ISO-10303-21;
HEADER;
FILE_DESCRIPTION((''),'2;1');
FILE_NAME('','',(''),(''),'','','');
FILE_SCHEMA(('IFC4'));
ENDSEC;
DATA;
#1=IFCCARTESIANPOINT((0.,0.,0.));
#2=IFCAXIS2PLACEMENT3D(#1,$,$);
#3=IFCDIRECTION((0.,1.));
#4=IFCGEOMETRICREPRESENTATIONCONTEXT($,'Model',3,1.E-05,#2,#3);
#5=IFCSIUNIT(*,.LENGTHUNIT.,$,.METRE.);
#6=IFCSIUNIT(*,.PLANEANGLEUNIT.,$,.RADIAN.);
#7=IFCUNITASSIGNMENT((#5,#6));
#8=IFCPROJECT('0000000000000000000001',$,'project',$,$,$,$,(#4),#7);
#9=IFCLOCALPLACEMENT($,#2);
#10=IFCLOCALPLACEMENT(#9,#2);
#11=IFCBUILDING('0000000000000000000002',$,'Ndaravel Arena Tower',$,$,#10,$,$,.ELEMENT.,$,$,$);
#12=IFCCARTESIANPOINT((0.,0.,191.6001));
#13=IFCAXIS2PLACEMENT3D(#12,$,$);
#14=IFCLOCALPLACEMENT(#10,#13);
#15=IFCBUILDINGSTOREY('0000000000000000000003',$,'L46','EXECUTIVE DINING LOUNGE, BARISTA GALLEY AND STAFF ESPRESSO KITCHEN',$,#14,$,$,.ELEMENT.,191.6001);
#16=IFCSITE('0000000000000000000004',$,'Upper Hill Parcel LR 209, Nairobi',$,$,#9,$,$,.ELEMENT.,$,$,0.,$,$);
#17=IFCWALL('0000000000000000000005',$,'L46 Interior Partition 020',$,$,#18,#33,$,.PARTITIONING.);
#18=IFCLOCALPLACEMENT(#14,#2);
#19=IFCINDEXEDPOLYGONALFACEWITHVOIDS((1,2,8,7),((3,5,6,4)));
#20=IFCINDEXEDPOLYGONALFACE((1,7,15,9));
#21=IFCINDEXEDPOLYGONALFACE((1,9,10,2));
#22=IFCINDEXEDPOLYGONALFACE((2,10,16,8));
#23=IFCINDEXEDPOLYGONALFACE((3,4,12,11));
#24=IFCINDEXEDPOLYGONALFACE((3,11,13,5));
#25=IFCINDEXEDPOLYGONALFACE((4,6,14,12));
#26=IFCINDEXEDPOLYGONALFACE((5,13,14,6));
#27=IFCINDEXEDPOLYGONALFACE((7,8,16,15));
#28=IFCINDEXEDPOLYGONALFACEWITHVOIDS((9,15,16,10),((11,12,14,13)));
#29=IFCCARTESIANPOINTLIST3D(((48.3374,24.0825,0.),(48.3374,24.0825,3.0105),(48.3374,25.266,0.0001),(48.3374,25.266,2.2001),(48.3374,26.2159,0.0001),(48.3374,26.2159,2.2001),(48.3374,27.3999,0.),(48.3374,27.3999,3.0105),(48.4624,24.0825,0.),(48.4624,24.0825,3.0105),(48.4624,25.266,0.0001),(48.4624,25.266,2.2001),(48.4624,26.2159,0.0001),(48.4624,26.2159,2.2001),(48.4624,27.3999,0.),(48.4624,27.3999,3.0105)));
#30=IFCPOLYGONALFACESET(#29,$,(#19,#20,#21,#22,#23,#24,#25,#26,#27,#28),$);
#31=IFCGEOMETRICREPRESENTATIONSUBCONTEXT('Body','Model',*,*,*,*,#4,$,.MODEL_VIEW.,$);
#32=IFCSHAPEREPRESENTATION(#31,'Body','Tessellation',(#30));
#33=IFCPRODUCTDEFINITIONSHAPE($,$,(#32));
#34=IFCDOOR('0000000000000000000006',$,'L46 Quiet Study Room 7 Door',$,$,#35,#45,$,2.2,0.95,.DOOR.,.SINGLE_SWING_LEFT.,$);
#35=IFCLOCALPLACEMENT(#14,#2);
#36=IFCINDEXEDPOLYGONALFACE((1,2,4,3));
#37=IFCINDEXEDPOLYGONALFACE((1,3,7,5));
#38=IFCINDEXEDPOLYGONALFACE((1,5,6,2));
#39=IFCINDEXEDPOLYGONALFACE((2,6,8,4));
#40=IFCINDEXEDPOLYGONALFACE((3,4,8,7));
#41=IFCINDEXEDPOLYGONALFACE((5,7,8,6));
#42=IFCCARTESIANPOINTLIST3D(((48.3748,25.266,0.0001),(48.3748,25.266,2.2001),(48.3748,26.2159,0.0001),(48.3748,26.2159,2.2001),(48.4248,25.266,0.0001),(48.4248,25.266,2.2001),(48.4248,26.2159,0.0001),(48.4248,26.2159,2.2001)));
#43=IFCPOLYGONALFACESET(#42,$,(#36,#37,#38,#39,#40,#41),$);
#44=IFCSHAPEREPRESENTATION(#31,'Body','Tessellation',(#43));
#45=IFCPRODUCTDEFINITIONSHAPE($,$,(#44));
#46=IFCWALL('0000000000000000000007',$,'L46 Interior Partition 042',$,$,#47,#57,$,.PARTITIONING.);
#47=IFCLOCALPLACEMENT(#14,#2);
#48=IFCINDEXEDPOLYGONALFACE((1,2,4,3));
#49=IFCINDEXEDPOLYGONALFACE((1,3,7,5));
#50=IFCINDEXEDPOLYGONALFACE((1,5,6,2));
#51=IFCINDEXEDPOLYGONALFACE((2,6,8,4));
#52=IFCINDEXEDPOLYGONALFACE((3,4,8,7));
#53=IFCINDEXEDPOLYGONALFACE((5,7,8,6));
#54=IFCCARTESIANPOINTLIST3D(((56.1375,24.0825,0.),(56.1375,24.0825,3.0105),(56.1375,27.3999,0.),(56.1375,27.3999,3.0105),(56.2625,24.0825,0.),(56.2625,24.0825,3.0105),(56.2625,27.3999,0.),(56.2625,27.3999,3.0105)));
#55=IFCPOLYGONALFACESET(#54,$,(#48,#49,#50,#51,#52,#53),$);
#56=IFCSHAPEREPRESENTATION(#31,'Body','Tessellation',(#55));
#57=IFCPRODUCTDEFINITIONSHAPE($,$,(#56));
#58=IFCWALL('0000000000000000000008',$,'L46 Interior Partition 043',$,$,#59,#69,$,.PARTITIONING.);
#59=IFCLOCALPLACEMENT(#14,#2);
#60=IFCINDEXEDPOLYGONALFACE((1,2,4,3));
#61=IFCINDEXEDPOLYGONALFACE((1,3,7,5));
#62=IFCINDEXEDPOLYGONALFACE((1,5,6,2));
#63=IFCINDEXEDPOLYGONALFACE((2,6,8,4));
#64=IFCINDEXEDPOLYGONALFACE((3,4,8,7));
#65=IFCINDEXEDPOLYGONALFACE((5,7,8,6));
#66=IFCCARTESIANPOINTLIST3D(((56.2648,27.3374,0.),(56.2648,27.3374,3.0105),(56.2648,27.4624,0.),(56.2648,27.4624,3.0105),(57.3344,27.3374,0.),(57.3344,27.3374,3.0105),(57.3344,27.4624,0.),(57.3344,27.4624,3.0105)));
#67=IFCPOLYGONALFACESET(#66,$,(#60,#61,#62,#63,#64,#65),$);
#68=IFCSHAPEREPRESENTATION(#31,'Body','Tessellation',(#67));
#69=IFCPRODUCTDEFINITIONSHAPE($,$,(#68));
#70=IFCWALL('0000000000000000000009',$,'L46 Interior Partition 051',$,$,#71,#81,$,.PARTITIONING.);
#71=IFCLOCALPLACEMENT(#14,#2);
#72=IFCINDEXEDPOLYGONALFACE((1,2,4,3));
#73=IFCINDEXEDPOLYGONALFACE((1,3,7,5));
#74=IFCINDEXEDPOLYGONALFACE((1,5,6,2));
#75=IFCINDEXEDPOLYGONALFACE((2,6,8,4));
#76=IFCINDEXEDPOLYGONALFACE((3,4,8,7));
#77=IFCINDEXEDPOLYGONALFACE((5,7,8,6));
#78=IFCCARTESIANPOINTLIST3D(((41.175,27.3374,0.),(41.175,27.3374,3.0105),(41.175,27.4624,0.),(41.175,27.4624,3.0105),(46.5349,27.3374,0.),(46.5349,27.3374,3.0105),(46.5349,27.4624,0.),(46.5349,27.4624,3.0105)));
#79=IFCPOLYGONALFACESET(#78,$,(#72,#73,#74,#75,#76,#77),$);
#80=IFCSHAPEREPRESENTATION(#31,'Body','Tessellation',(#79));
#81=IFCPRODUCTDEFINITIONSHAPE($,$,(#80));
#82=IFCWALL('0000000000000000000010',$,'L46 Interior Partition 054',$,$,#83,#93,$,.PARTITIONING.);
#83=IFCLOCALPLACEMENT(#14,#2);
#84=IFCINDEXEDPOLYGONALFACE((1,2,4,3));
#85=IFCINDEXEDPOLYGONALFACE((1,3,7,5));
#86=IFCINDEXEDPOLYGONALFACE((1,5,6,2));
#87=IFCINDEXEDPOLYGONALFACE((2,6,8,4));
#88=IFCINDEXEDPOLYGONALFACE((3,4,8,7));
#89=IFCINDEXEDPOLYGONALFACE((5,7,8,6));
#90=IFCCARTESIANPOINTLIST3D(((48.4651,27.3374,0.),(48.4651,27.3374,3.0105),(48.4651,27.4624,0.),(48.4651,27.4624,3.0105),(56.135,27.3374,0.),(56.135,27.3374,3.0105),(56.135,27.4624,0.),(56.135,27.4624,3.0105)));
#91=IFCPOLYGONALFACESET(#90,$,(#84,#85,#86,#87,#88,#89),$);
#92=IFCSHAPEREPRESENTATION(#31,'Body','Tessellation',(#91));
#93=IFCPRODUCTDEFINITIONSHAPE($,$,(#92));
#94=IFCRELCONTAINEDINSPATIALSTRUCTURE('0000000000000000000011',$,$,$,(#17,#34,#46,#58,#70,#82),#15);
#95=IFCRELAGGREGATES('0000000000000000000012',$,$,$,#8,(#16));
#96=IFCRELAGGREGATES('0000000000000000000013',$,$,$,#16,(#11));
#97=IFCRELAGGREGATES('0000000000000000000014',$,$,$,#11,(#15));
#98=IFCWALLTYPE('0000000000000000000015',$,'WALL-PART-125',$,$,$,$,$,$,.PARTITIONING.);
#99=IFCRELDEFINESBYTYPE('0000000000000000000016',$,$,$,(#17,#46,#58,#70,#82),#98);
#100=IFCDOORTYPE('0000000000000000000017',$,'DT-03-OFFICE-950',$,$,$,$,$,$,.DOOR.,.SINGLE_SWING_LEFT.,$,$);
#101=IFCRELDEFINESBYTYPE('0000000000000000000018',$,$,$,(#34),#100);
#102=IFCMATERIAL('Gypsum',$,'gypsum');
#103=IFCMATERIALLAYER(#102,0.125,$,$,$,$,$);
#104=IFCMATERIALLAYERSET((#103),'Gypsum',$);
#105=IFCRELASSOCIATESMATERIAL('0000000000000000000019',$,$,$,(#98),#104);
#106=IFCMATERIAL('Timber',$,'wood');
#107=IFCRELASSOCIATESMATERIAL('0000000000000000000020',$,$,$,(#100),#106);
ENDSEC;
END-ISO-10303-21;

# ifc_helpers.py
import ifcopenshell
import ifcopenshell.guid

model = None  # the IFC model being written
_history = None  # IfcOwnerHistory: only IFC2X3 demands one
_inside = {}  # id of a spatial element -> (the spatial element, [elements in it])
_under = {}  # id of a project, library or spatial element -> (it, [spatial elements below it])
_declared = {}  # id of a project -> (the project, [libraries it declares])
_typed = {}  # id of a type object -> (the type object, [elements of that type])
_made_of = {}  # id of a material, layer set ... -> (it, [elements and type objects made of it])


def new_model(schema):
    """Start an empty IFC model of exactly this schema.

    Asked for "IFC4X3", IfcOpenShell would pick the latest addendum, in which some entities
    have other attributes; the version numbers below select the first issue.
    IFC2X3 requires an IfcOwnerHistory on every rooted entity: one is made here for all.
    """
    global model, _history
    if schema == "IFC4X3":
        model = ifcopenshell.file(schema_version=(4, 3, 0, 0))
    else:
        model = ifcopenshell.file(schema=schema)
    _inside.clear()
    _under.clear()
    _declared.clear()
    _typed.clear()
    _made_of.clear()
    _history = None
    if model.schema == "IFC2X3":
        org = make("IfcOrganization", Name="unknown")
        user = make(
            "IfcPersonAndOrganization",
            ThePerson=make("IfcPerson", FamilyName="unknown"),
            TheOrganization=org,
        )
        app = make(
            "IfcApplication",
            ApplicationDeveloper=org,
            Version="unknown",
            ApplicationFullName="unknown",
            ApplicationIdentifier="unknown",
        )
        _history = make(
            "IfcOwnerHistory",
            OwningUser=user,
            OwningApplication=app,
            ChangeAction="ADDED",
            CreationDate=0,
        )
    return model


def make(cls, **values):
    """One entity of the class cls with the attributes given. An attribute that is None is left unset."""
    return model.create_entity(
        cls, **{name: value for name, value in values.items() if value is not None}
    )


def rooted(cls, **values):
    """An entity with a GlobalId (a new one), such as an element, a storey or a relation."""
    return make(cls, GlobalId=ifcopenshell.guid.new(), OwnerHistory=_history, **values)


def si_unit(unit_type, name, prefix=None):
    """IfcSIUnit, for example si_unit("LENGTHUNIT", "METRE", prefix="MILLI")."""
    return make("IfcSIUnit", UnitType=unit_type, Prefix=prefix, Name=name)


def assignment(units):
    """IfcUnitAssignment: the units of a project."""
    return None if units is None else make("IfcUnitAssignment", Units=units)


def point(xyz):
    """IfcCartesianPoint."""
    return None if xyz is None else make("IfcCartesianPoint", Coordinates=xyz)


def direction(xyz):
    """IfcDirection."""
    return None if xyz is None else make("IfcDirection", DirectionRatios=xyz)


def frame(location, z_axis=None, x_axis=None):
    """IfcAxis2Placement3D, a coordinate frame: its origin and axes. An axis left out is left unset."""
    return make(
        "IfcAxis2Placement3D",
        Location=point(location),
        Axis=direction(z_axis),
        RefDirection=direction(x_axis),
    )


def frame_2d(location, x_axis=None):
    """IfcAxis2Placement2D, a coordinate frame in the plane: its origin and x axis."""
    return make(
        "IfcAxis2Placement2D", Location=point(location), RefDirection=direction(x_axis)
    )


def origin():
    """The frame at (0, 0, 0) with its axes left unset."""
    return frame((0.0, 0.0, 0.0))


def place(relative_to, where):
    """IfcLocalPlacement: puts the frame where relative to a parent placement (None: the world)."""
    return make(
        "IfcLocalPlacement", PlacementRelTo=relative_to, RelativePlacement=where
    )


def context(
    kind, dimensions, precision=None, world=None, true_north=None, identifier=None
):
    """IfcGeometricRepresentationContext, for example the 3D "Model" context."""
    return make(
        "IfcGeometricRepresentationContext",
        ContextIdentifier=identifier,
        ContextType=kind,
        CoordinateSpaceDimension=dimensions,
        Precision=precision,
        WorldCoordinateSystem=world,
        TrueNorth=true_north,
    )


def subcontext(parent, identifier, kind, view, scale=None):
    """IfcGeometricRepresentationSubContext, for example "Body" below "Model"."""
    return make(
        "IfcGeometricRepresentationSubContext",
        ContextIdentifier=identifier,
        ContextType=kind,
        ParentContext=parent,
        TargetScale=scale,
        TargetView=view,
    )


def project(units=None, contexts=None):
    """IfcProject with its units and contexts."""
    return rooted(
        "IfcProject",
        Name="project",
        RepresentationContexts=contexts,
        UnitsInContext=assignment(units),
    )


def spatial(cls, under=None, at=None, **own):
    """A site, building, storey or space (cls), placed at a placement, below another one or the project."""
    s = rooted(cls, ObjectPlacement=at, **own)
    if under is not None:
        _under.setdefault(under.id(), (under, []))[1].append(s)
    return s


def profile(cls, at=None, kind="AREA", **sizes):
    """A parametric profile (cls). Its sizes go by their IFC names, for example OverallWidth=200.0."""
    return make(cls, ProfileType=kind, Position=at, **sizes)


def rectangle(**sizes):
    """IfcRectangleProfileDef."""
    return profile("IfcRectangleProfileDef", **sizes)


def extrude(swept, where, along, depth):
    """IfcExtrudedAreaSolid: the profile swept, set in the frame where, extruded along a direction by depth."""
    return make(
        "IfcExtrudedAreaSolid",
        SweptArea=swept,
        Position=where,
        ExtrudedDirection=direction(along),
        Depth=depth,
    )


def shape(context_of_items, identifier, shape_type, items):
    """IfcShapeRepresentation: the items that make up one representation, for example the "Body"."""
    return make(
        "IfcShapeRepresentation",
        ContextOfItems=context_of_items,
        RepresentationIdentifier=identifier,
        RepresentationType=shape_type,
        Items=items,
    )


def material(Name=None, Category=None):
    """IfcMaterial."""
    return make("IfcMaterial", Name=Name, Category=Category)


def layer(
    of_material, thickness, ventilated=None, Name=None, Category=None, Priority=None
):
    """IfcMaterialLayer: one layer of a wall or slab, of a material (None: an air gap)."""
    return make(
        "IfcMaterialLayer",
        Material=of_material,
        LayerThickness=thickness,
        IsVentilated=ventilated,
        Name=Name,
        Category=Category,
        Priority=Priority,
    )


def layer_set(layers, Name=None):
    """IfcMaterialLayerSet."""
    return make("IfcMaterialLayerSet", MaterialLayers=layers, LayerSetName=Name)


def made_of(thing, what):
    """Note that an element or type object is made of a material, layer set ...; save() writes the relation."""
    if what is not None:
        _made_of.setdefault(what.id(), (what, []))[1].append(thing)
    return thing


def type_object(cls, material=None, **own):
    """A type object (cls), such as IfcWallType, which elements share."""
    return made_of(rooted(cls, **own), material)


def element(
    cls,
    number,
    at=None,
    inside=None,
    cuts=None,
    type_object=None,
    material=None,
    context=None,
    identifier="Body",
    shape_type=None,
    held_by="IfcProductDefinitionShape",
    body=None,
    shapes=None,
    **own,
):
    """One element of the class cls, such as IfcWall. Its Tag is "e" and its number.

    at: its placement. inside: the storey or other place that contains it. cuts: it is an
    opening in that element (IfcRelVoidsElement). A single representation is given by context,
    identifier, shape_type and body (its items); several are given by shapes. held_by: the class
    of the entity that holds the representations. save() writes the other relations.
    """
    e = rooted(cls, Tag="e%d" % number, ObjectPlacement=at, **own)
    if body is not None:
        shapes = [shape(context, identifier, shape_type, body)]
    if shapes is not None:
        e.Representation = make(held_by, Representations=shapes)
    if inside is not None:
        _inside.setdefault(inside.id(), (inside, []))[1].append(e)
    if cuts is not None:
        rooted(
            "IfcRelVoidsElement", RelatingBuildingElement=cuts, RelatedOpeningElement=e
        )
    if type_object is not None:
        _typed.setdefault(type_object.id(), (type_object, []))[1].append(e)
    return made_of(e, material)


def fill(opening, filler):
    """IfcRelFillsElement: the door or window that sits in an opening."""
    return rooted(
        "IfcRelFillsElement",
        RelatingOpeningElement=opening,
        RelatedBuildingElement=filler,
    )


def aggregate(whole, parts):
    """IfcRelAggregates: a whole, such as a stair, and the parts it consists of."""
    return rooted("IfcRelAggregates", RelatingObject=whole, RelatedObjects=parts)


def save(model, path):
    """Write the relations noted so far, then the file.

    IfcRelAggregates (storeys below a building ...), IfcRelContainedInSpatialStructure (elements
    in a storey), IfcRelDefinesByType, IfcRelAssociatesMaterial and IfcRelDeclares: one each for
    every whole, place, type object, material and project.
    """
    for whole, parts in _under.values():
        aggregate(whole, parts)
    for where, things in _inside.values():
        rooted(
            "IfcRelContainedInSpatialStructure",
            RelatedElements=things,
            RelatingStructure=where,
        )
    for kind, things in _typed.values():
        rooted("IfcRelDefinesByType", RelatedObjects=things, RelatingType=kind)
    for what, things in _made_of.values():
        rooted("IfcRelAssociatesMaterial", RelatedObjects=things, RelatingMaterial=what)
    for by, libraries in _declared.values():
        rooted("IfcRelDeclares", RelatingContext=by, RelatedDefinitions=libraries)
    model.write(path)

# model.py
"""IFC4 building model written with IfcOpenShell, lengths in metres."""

from ifc_helpers import new_model, si_unit, direction, frame, frame_2d, origin, place, context, subcontext, project, spatial, rectangle, extrude, material, layer, layer_set, type_object, element, fill, save


model = new_model("IFC4")

# Units and contexts
model_context = context("Model", 3, precision=1e-05, world=origin(), true_north=direction((0.0, 1.0)))
body_context = subcontext(model_context, "Body", "Model", "MODEL_VIEW")
ifc_project = project(units=[si_unit("LENGTHUNIT", "METRE"), si_unit("PLANEANGLEUNIT", "RADIAN")], contexts=[model_context])

# Site, building, storey
site_placement = place(None, origin())
site = spatial("IfcSite", under=ifc_project, at=site_placement, Name="Upper Hill Parcel LR 209, Nairobi", CompositionType="ELEMENT", RefElevation=0.0)
building_placement = place(site_placement, origin())
building = spatial("IfcBuilding", under=site, at=building_placement, Name="Ndaravel Arena Tower", CompositionType="ELEMENT")
storey_placement = place(building_placement, frame((0.0, 0.0, 191.6001)))
storey = spatial("IfcBuildingStorey", under=building, at=storey_placement, Name="L46", Description="EXECUTIVE DINING LOUNGE, BARISTA GALLEY AND STAFF ESPRESSO KITCHEN", CompositionType="ELEMENT", Elevation=191.6001)

# Wall, opening, door
ifc_material_1 = material(Name="Gypsum", Category="gypsum")
ifc_layer_1 = layer(ifc_material_1, 0.125)
ifc_layer_set_1 = layer_set([ifc_layer_1], Name="Gypsum")
wall_type = type_object("IfcWallType", Name="WALL-PART-125", PredefinedType="PARTITIONING", material=ifc_layer_set_1)
ifc_material_2 = material(Name="Timber", Category="wood")
door_type = type_object("IfcDoorType", Name="DT-03-OFFICE-950", OperationType="SINGLE_SWING_LEFT", PredefinedType="DOOR", material=ifc_material_2)
wall_1_placement = place(storey_placement, frame((48.3999, 27.3999, 0.0), z_axis=(0.0, 0.0, 1.0), x_axis=(0.0, -1.0, 0.0)))
wall_1 = element("IfcWall", 1, at=wall_1_placement, inside=storey, type_object=wall_type, Name="L46 Interior Partition 020", PredefinedType="PARTITIONING", context=body_context, shape_type="SweptSolid", body=[
    extrude(rectangle(XDim=3.3174, YDim=0.125, at=frame_2d((1.6587, 0.0))), origin(), (0.0, 0.0, 1.0), 3.0105),
])
opening_1_placement = place(wall_1_placement, frame((1.1838, 0.0, 0.0)))
opening_1 = element("IfcOpeningElement", 2, at=opening_1_placement, cuts=wall_1, PredefinedType="OPENING", context=body_context, shape_type="SweptSolid", body=[
    extrude(rectangle(XDim=0.95, YDim=2.2, at=frame_2d((0.4751, 1.1001))), frame((0.0, 0.0625, 0.0), z_axis=(0.0, -1.0, 0.0), x_axis=(1.0, 0.0, 0.0)), (0.0, 0.0, 1.0), 0.125),
])
door_1_placement = place(opening_1_placement, origin())
door_1 = element("IfcDoor", 3, at=door_1_placement, inside=storey, type_object=door_type, Name="L46 Quiet Study Room 7 Door", OperationType="SINGLE_SWING_LEFT", OverallHeight=2.2, OverallWidth=0.95, PredefinedType="DOOR", context=body_context, shape_type="SweptSolid", body=[
    extrude(rectangle(XDim=0.95, YDim=2.2, at=frame_2d((0.4751, 1.1001))), frame((0.0, 0.0249, 0.0), z_axis=(0.0, -1.0, 0.0), x_axis=(1.0, 0.0, 0.0)), (0.0, 0.0, 1.0), 0.05),
])
fill(opening_1, door_1)

# Walls
wall_2_placement = place(storey_placement, frame((56.2, 24.0825, 0.0), z_axis=(0.0, 0.0, 1.0), x_axis=(0.0, 1.0, 0.0)))
element("IfcWall", 4, at=wall_2_placement, inside=storey, type_object=wall_type, Name="L46 Interior Partition 042", PredefinedType="PARTITIONING", context=body_context, shape_type="SweptSolid", body=[
    extrude(rectangle(XDim=3.3174, YDim=0.125, at=frame_2d((1.6587, 0.0))), origin(), (0.0, 0.0, 1.0), 3.0105),
])
wall_3_placement = place(storey_placement, frame((56.2649, 27.3999, 0.0), z_axis=(0.0, 0.0, 1.0), x_axis=(1.0, 0.0, 0.0)))
element("IfcWall", 5, at=wall_3_placement, inside=storey, type_object=wall_type, Name="L46 Interior Partition 043", PredefinedType="PARTITIONING", context=body_context, shape_type="SweptSolid", body=[
    extrude(rectangle(XDim=1.0696, YDim=0.125, at=frame_2d((0.5347, 0.0))), origin(), (0.0, 0.0, 1.0), 3.0105),
])
wall_4_placement = place(storey_placement, frame((41.175, 27.3999, 0.0), z_axis=(0.0, 0.0, 1.0), x_axis=(1.0, 0.0, 0.0)))
element("IfcWall", 6, at=wall_4_placement, inside=storey, type_object=wall_type, Name="L46 Interior Partition 051", PredefinedType="PARTITIONING", context=body_context, shape_type="SweptSolid", body=[
    extrude(rectangle(XDim=5.3599, YDim=0.125, at=frame_2d((2.6799, 0.0))), origin(), (0.0, 0.0, 1.0), 3.0105),
])
wall_5_placement = place(storey_placement, frame((48.4651, 27.3999, 0.0), z_axis=(0.0, 0.0, 1.0), x_axis=(1.0, 0.0, 0.0)))
element("IfcWall", 7, at=wall_5_placement, inside=storey, type_object=wall_type, Name="L46 Interior Partition 054", PredefinedType="PARTITIONING", context=body_context, shape_type="SweptSolid", body=[
    extrude(rectangle(XDim=7.6699, YDim=0.125, at=frame_2d((3.835, 0.0))), origin(), (0.0, 0.0, 1.0), 3.0105),
])

save(model, "model.ifc")
